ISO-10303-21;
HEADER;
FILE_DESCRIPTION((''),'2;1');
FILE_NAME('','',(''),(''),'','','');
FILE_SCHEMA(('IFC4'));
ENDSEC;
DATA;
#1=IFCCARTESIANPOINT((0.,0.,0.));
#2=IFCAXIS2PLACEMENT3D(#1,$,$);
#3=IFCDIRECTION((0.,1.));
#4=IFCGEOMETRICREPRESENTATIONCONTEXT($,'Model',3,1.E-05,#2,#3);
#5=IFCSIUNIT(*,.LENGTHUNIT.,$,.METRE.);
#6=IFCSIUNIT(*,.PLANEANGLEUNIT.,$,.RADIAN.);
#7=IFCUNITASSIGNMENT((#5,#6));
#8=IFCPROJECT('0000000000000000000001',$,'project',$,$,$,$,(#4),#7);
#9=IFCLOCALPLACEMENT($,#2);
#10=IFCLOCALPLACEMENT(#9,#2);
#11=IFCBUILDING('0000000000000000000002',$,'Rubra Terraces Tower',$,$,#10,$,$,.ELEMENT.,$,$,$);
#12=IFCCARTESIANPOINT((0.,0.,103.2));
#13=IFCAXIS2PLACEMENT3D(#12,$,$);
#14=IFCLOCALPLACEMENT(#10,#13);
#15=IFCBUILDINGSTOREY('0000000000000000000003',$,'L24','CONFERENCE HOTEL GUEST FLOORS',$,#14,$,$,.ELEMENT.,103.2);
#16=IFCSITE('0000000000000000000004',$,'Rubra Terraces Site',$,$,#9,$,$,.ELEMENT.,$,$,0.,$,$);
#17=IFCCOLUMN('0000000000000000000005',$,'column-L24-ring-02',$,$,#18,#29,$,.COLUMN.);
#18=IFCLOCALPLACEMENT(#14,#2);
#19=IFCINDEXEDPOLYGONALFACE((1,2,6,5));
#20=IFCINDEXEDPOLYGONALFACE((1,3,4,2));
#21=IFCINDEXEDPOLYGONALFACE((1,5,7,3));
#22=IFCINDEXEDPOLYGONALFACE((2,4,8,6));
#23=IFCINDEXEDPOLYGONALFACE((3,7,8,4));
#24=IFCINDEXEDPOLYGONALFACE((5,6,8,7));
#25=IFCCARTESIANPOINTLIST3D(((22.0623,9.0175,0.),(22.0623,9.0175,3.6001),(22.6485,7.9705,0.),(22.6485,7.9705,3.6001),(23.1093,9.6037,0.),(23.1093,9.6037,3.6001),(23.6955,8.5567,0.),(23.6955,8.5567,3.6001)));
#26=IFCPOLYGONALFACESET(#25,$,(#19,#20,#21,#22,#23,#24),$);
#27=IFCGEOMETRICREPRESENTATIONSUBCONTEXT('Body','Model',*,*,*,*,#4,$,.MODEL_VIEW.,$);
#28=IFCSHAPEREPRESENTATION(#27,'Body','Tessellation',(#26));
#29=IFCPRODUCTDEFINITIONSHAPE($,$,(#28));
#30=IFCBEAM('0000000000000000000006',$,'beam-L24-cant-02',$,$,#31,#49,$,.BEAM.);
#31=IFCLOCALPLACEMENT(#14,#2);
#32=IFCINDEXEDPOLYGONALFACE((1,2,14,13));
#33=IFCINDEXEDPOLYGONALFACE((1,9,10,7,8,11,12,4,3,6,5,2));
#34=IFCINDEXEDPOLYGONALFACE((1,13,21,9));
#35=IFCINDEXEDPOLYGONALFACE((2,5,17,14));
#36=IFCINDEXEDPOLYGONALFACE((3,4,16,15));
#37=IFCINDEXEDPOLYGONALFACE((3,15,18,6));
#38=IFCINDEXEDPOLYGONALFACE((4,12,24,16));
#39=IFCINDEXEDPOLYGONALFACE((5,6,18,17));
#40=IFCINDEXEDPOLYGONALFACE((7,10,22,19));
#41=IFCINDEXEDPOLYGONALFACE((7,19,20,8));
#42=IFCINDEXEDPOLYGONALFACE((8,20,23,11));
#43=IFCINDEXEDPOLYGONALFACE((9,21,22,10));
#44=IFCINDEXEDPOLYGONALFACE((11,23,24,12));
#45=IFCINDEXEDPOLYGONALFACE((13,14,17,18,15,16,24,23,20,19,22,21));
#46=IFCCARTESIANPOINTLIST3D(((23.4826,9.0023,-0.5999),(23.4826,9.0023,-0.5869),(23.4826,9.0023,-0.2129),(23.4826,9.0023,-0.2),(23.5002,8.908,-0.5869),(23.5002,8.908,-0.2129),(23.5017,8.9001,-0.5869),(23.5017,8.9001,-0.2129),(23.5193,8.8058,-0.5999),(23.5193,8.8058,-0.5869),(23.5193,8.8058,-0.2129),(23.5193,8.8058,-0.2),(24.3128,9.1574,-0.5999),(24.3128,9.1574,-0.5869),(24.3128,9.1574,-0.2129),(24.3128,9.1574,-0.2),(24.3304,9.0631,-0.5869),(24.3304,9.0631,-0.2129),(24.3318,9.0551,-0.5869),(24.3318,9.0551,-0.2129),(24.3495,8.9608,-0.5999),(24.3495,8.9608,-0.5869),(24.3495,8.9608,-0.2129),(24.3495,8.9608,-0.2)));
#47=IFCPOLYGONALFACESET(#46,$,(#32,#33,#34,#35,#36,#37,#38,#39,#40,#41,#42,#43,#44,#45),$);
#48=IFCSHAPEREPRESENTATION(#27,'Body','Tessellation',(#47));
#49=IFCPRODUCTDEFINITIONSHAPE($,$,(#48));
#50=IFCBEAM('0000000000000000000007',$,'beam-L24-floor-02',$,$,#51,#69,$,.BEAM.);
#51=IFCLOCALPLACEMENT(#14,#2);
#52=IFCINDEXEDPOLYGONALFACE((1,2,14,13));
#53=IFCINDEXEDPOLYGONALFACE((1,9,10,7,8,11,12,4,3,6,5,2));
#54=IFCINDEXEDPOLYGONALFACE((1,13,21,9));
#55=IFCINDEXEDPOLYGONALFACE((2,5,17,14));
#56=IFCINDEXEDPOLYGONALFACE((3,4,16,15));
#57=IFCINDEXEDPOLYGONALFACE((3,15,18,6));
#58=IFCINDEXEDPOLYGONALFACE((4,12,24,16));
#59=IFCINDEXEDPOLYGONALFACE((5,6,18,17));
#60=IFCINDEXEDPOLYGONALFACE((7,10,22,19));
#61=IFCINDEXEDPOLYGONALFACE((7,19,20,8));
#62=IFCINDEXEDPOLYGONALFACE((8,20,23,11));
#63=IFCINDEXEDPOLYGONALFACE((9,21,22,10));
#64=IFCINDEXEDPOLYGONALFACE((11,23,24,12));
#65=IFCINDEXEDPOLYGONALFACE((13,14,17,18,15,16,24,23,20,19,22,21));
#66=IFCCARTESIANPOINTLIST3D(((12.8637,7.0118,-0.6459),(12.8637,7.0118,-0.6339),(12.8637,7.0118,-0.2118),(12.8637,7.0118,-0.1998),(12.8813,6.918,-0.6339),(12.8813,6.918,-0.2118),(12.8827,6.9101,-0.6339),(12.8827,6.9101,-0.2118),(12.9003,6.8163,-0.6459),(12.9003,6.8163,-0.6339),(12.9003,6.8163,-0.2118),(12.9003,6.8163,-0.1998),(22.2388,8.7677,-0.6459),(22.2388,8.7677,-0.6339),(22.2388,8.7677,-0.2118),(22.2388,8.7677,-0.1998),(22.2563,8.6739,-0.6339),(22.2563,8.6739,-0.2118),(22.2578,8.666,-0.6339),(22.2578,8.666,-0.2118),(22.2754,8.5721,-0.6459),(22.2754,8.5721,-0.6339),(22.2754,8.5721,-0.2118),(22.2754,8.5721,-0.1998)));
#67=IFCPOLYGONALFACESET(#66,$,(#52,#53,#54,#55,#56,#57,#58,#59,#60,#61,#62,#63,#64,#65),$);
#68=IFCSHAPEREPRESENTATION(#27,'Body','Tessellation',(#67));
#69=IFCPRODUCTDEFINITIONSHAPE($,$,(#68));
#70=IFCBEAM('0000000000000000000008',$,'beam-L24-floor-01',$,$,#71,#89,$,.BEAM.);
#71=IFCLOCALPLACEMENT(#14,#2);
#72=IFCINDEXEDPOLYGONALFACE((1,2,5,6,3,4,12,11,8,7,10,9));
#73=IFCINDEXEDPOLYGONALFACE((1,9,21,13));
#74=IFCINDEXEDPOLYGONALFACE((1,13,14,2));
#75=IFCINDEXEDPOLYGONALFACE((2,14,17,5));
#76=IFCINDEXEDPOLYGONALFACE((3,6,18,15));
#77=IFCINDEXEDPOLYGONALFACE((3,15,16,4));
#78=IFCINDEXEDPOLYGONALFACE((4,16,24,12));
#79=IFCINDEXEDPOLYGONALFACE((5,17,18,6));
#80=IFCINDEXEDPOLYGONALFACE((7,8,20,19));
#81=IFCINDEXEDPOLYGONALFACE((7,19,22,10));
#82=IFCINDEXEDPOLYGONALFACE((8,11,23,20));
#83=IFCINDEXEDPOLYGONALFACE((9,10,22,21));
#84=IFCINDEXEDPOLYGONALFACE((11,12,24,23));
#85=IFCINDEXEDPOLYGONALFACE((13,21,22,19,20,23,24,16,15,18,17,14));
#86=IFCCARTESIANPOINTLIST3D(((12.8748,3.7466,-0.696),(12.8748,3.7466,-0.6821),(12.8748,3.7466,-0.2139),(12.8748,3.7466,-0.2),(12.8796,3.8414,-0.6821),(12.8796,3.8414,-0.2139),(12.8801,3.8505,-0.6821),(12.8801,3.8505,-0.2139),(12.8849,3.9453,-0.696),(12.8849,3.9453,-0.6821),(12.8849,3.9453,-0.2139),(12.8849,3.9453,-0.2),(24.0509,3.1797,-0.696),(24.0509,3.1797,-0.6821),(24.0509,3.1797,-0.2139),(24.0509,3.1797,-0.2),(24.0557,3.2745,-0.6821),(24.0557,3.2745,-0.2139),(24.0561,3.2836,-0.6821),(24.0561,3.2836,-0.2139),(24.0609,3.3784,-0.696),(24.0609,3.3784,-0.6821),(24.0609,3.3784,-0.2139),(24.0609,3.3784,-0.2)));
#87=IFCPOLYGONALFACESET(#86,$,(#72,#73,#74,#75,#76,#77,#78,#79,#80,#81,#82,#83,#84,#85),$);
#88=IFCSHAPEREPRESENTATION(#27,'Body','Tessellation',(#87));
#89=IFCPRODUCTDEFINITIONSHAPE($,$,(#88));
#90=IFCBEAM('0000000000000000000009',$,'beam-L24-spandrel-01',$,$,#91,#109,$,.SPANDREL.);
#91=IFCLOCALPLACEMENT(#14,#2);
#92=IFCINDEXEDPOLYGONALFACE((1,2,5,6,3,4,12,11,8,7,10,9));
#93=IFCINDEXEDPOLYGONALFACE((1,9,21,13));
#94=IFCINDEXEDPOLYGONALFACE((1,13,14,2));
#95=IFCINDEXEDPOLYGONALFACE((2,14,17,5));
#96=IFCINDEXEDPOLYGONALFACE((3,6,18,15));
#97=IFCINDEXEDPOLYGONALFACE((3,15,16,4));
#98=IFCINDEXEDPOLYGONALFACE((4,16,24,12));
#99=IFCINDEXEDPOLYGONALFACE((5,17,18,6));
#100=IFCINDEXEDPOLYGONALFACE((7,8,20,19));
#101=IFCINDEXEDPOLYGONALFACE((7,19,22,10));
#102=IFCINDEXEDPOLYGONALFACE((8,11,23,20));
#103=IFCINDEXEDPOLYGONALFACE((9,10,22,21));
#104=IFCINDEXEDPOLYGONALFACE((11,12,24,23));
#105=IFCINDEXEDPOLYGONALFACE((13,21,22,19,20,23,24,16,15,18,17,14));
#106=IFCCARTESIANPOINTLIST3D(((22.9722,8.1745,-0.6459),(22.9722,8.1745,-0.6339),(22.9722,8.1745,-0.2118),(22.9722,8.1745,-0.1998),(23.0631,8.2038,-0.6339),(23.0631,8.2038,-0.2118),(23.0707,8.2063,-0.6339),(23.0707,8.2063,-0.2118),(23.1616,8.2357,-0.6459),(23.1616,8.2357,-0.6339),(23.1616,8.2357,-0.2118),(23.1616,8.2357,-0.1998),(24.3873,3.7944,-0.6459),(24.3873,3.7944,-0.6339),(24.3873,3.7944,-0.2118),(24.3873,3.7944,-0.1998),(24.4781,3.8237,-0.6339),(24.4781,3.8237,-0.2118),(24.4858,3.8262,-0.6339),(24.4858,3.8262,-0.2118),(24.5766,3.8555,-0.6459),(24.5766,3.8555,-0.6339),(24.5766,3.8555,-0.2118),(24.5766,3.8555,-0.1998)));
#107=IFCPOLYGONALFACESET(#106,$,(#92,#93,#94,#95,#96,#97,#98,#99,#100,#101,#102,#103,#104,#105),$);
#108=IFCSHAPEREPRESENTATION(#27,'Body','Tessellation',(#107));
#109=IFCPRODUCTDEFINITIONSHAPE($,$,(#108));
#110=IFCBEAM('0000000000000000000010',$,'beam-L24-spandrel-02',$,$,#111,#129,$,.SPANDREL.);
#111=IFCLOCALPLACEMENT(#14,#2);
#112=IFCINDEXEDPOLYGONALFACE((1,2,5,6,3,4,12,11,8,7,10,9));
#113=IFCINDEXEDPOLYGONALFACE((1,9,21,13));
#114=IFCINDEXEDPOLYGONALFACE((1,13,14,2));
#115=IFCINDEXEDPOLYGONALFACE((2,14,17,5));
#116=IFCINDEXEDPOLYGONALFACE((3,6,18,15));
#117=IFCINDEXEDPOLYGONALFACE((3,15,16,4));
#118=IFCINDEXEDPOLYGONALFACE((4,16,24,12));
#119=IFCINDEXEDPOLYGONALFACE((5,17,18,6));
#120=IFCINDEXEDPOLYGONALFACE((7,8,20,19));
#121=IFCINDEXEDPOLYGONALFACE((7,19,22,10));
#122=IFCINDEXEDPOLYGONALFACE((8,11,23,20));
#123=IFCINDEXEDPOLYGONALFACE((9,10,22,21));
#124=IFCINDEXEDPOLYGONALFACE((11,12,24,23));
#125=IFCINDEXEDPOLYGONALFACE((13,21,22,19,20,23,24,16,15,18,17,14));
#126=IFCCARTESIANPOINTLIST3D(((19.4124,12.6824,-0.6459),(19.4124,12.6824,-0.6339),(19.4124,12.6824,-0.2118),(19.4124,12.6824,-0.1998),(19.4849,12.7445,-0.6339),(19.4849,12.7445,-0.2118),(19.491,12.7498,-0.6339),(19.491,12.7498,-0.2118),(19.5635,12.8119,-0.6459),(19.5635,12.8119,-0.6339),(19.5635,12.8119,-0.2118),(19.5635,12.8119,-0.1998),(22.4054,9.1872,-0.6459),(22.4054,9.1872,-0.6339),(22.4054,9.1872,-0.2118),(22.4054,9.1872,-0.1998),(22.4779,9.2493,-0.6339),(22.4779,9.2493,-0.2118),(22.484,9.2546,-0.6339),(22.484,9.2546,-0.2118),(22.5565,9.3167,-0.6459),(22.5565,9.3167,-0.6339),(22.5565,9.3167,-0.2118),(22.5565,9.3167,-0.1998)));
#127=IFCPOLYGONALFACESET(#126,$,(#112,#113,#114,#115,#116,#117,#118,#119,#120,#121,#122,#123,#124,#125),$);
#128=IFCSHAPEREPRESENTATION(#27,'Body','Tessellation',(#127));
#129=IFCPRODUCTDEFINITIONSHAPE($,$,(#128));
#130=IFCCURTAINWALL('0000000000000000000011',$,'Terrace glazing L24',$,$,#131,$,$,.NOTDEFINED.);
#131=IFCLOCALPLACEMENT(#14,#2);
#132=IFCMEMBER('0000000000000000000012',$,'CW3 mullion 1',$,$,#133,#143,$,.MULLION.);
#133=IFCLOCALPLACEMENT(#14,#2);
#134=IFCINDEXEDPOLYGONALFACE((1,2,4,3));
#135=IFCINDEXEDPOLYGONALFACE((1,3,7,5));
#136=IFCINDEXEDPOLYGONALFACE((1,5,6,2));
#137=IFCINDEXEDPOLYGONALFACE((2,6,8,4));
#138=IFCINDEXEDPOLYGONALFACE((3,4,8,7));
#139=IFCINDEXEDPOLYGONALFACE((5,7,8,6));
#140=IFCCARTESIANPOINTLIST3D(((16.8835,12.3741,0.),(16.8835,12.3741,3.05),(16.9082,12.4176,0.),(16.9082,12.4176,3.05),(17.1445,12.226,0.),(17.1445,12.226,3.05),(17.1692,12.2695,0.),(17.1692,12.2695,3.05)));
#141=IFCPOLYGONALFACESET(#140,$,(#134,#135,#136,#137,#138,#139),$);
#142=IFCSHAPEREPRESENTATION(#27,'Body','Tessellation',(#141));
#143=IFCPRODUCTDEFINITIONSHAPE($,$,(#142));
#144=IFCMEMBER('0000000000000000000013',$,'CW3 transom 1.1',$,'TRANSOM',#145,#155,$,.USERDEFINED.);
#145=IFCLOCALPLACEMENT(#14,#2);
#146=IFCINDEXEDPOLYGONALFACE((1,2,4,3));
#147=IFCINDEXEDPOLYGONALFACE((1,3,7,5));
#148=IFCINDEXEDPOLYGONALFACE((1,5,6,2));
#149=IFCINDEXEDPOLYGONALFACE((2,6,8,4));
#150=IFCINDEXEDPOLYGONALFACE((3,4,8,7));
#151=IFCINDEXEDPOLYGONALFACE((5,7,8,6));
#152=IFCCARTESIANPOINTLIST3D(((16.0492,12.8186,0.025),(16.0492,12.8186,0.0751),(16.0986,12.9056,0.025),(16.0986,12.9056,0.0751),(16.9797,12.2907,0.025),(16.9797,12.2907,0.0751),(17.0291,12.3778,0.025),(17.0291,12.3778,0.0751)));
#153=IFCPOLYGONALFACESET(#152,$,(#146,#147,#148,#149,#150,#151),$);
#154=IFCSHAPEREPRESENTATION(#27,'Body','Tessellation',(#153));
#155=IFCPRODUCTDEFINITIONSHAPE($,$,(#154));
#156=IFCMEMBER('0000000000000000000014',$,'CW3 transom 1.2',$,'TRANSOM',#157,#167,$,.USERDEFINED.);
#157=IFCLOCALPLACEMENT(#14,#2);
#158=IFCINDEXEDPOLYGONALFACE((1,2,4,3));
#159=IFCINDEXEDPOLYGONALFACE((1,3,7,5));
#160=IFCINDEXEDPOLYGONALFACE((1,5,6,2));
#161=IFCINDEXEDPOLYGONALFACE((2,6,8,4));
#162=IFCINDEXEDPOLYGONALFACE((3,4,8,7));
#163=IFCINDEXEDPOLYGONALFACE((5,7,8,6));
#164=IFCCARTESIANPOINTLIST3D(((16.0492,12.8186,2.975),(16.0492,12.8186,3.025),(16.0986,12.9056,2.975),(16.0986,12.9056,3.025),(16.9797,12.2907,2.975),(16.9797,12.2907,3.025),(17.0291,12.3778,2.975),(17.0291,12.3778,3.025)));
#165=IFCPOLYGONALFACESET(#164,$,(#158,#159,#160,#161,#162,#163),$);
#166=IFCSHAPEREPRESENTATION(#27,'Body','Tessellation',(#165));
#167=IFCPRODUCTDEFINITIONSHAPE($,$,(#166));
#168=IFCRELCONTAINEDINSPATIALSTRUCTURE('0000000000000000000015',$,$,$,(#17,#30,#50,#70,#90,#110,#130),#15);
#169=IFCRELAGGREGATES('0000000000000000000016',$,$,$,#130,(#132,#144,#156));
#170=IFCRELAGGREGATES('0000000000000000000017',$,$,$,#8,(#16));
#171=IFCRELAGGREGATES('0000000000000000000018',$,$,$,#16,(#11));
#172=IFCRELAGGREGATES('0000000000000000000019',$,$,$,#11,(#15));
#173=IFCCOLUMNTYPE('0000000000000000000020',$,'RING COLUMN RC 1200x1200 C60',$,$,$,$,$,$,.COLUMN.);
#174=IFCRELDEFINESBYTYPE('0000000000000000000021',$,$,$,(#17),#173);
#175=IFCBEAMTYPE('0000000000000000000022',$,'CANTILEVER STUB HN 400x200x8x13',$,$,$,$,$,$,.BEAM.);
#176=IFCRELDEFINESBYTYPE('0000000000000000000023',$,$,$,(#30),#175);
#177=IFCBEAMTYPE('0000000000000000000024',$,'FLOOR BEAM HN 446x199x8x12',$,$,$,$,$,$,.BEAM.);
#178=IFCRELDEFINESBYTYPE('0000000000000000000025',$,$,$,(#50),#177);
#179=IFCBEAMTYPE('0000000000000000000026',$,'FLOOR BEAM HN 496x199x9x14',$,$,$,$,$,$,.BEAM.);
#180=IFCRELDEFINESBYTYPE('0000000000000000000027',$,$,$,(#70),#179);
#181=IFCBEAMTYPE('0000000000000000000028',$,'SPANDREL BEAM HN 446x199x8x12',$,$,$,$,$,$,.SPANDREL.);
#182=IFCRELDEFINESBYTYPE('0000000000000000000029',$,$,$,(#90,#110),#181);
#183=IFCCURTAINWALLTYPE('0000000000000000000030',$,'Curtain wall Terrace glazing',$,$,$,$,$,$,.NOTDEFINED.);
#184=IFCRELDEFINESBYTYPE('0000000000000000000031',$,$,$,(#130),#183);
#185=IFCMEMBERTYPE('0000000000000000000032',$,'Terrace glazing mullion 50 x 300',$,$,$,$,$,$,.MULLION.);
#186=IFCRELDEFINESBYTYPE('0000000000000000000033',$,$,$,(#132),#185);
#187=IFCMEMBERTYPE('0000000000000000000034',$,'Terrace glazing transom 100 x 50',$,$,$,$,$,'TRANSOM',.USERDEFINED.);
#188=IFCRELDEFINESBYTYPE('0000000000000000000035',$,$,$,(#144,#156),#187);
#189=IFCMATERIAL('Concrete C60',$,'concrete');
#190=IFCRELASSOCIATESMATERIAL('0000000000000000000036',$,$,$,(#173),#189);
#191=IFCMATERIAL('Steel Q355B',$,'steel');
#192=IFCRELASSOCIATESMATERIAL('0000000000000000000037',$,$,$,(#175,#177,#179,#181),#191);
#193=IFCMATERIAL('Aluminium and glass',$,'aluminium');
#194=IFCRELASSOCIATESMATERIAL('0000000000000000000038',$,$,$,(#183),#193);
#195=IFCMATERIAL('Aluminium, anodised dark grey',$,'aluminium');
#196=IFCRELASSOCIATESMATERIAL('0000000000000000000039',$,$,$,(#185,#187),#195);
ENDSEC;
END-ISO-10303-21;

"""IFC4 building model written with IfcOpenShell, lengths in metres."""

from ifc_helpers import new_model, si_unit, direction, frame, origin, origin_2d, place, context, subcontext, project, spatial, rectangle, i_section, extrude, material, material_profile, profile_set, type_object, element, aggregate, save


model = new_model("IFC4")

# Units and contexts
model_context = context("Model", 3, precision=1e-05, world=origin(), true_north=direction((0.0, 1.0)))
body_context = subcontext(model_context, "Body", "Model", "MODEL_VIEW")
ifc_project = project(units=[si_unit("LENGTHUNIT", "METRE"), si_unit("PLANEANGLEUNIT", "RADIAN")], contexts=[model_context])

# Site, building, storey
site_placement = place(None, origin())
site = spatial("IfcSite", under=ifc_project, at=site_placement, Name="Rubra Terraces Site", CompositionType="ELEMENT", RefElevation=0.0)
building_placement = place(site_placement, origin())
building = spatial("IfcBuilding", under=site, at=building_placement, Name="Rubra Terraces Tower", CompositionType="ELEMENT")
storey_placement = place(building_placement, frame((0.0, 0.0, 103.2)))
storey = spatial("IfcBuildingStorey", under=building, at=storey_placement, Name="L24", Description="CONFERENCE HOTEL GUEST FLOORS", CompositionType="ELEMENT", Elevation=103.2)

# Column
ifc_material_1 = material(Name="Concrete C60", Category="concrete")
ifc_material_profile_1 = material_profile(ifc_material_1, rectangle(XDim=1.2, YDim=1.2, at=origin_2d()), Name="RC 1200x1200")
ifc_profile_set_1 = profile_set([ifc_material_profile_1], Name="Concrete C60")
column_type = type_object("IfcColumnType", Name="RING COLUMN RC 1200x1200 C60", PredefinedType="COLUMN", material=ifc_profile_set_1)
column_placement = place(storey_placement, frame((22.8789, 8.7871, 0.0), z_axis=(0.0, 0.0, 1.0), x_axis=(-0.488526, 0.872549, 0.0)))
element("IfcColumn", 1, at=column_placement, inside=storey, type_object=column_type, Name="column-L24-ring-02", PredefinedType="COLUMN", context=body_context, shape_type="SweptSolid", body=[
    extrude(rectangle(XDim=1.2, YDim=1.2, at=origin_2d()), origin(), (0.0, 0.0, 1.0), 3.6001),
])

# Beams
ifc_material_2 = material(Name="Steel Q355B", Category="steel")
ifc_material_profile_2 = material_profile(ifc_material_2, i_section(OverallWidth=0.2, OverallDepth=0.3999, WebThickness=0.0081, FlangeThickness=0.0129, at=origin_2d()), Name="HN 400x200x8x13")
ifc_profile_set_2 = profile_set([ifc_material_profile_2], Name="Steel Q355B")
beam_type_1 = type_object("IfcBeamType", Name="CANTILEVER STUB HN 400x200x8x13", PredefinedType="BEAM", material=ifc_profile_set_2)
beam_1_placement = place(storey_placement, frame((23.501, 8.9041, -0.3999), z_axis=(0.983003, 0.18359, 0.0), x_axis=(-0.18359, 0.983003, 0.0)))
element("IfcBeam", 2, at=beam_1_placement, inside=storey, type_object=beam_type_1, Name="beam-L24-cant-02", PredefinedType="BEAM", context=body_context, shape_type="SweptSolid", body=[
    extrude(i_section(OverallWidth=0.2, OverallDepth=0.3999, WebThickness=0.0081, FlangeThickness=0.0129, at=origin_2d()), origin(), (0.0, 0.0, 1.0), 0.8445),
])
ifc_material_profile_3 = material_profile(ifc_material_2, i_section(OverallWidth=0.199, OverallDepth=0.446, WebThickness=0.0081, FlangeThickness=0.012, at=origin_2d()), Name="HN 446x199x8x12")
ifc_profile_set_3 = profile_set([ifc_material_profile_3], Name="Steel Q355B")
beam_type_2 = type_object("IfcBeamType", Name="FLOOR BEAM HN 446x199x8x12", PredefinedType="BEAM", material=ifc_profile_set_3)
beam_2_placement = place(storey_placement, frame((22.2571, 8.6699, -0.4229), z_axis=(-0.982909, -0.184091, 0.0), x_axis=(0.184091, -0.982909, 0.0)))
element("IfcBeam", 3, at=beam_2_placement, inside=storey, type_object=beam_type_2, Name="beam-L24-floor-02", PredefinedType="BEAM", context=body_context, shape_type="SweptSolid", body=[
    extrude(i_section(OverallWidth=0.199, OverallDepth=0.446, WebThickness=0.0081, FlangeThickness=0.012, at=origin_2d()), origin(), (0.0, 0.0, 1.0), 9.5381),
])
ifc_material_profile_4 = material_profile(ifc_material_2, i_section(OverallWidth=0.199, OverallDepth=0.4961, WebThickness=0.009, FlangeThickness=0.0139, at=origin_2d()), Name="HN 496x199x9x14")
ifc_profile_set_4 = profile_set([ifc_material_profile_4], Name="Steel Q355B")
beam_type_3 = type_object("IfcBeamType", Name="FLOOR BEAM HN 496x199x9x14", PredefinedType="BEAM", material=ifc_profile_set_4)
beam_3_placement = place(storey_placement, frame((24.0559, 3.2791, -0.448), z_axis=(-0.998716, 0.050659, 0.0), x_axis=(-0.050659, -0.998716, 0.0)))
element("IfcBeam", 4, at=beam_3_placement, inside=storey, type_object=beam_type_3, Name="beam-L24-floor-01", PredefinedType="BEAM", context=body_context, shape_type="SweptSolid", body=[
    extrude(i_section(OverallWidth=0.199, OverallDepth=0.4961, WebThickness=0.009, FlangeThickness=0.0139, at=origin_2d()), origin(), (0.0, 0.0, 1.0), 11.1904),
])
ifc_material_profile_5 = material_profile(ifc_material_2, i_section(OverallWidth=0.199, OverallDepth=0.446, WebThickness=0.0081, FlangeThickness=0.012, at=origin_2d()), Name="HN 446x199x8x12")
ifc_profile_set_5 = profile_set([ifc_material_profile_5], Name="Steel Q355B")
beam_type_4 = type_object("IfcBeamType", Name="SPANDREL BEAM HN 446x199x8x12", PredefinedType="SPANDREL", material=ifc_profile_set_5)
beam_4_placement = place(storey_placement, frame((24.4819, 3.825, -0.4229), z_axis=(-0.307415, 0.951576, 0.0), x_axis=(-0.951576, -0.307415, 0.0)))
element("IfcBeam", 5, at=beam_4_placement, inside=storey, type_object=beam_type_4, Name="beam-L24-spandrel-01", PredefinedType="SPANDREL", context=body_context, shape_type="SweptSolid", body=[
    extrude(i_section(OverallWidth=0.199, OverallDepth=0.446, WebThickness=0.0081, FlangeThickness=0.012, at=origin_2d()), origin(), (0.0, 0.0, 1.0), 4.603),
])
beam_5_placement = place(storey_placement, frame((22.481, 9.252, -0.4229), z_axis=(-0.650429, 0.759567, 0.0), x_axis=(-0.759567, -0.650429, 0.0)))
element("IfcBeam", 6, at=beam_5_placement, inside=storey, type_object=beam_type_4, Name="beam-L24-spandrel-02", PredefinedType="SPANDREL", context=body_context, shape_type="SweptSolid", body=[
    extrude(i_section(OverallWidth=0.199, OverallDepth=0.446, WebThickness=0.0081, FlangeThickness=0.012, at=origin_2d()), origin(), (0.0, 0.0, 1.0), 4.6016),
])

# Curtain wall, members
ifc_material_3 = material(Name="Aluminium and glass", Category="aluminium")
curtain_wall_type = type_object("IfcCurtainWallType", Name="Curtain wall Terrace glazing", PredefinedType="NOTDEFINED", material=ifc_material_3)
curtain_wall_placement = place(storey_placement, origin())
curtain_wall = element("IfcCurtainWall", 7, at=curtain_wall_placement, inside=storey, type_object=curtain_wall_type, Name="Terrace glazing L24", PredefinedType="NOTDEFINED")
ifc_material_4 = material(Name="Aluminium, anodised dark grey", Category="aluminium")
ifc_material_profile_6 = material_profile(ifc_material_4, rectangle(XDim=0.05, YDim=0.3, at=origin_2d()), Name="AL 50x300")
ifc_profile_set_6 = profile_set([ifc_material_profile_6], Name="Aluminium, anodised dark grey")
member_type_1 = type_object("IfcMemberType", Name="Terrace glazing mullion 50 x 300", PredefinedType="MULLION", material=ifc_profile_set_6)
member_1_placement = place(storey_placement, frame((17.0264, 12.3218, 0.0), z_axis=(0.0, 0.0, 1.0), x_axis=(-0.493534, -0.869726, 0.0)))
member_1 = element("IfcMember", 8, at=member_1_placement, type_object=member_type_1, Name="CW3 mullion 1", PredefinedType="MULLION", context=body_context, shape_type="SweptSolid", body=[
    extrude(rectangle(XDim=0.05, YDim=0.3, at=origin_2d()), origin(), (0.0, 0.0, 1.0), 3.05),
])
ifc_material_profile_7 = material_profile(ifc_material_4, rectangle(XDim=0.1001, YDim=0.05, at=origin_2d()), Name="AL 100x50")
ifc_profile_set_7 = profile_set([ifc_material_profile_7], Name="Aluminium, anodised dark grey")
member_type_2 = type_object("IfcMemberType", Name="Terrace glazing transom 100 x 50", ElementType="TRANSOM", PredefinedType="USERDEFINED", material=ifc_profile_set_7)
member_2_placement = place(storey_placement, frame((17.0044, 12.3342, 0.05), z_axis=(-0.869784, 0.493433, 0.0), x_axis=(-0.493433, -0.869784, 0.0)))
member_2 = element("IfcMember", 9, at=member_2_placement, type_object=member_type_2, Name="CW3 transom 1.1", ObjectType="TRANSOM", PredefinedType="USERDEFINED", context=body_context, shape_type="SweptSolid", body=[
    extrude(rectangle(XDim=0.1001, YDim=0.05, at=origin_2d()), origin(), (0.0, 0.0, 1.0), 1.0698),
])
member_3_placement = place(storey_placement, frame((17.0044, 12.3342, 3.0), z_axis=(-0.869784, 0.493433, 0.0), x_axis=(-0.493433, -0.869784, 0.0)))
member_3 = element("IfcMember", 10, at=member_3_placement, type_object=member_type_2, Name="CW3 transom 1.2", ObjectType="TRANSOM", PredefinedType="USERDEFINED", context=body_context, shape_type="SweptSolid", body=[
    extrude(rectangle(XDim=0.1001, YDim=0.05, at=origin_2d()), origin(), (0.0, 0.0, 1.0), 1.0698),
])
aggregate(curtain_wall, [member_1, member_2, member_3])

save(model, "model.ifc")
